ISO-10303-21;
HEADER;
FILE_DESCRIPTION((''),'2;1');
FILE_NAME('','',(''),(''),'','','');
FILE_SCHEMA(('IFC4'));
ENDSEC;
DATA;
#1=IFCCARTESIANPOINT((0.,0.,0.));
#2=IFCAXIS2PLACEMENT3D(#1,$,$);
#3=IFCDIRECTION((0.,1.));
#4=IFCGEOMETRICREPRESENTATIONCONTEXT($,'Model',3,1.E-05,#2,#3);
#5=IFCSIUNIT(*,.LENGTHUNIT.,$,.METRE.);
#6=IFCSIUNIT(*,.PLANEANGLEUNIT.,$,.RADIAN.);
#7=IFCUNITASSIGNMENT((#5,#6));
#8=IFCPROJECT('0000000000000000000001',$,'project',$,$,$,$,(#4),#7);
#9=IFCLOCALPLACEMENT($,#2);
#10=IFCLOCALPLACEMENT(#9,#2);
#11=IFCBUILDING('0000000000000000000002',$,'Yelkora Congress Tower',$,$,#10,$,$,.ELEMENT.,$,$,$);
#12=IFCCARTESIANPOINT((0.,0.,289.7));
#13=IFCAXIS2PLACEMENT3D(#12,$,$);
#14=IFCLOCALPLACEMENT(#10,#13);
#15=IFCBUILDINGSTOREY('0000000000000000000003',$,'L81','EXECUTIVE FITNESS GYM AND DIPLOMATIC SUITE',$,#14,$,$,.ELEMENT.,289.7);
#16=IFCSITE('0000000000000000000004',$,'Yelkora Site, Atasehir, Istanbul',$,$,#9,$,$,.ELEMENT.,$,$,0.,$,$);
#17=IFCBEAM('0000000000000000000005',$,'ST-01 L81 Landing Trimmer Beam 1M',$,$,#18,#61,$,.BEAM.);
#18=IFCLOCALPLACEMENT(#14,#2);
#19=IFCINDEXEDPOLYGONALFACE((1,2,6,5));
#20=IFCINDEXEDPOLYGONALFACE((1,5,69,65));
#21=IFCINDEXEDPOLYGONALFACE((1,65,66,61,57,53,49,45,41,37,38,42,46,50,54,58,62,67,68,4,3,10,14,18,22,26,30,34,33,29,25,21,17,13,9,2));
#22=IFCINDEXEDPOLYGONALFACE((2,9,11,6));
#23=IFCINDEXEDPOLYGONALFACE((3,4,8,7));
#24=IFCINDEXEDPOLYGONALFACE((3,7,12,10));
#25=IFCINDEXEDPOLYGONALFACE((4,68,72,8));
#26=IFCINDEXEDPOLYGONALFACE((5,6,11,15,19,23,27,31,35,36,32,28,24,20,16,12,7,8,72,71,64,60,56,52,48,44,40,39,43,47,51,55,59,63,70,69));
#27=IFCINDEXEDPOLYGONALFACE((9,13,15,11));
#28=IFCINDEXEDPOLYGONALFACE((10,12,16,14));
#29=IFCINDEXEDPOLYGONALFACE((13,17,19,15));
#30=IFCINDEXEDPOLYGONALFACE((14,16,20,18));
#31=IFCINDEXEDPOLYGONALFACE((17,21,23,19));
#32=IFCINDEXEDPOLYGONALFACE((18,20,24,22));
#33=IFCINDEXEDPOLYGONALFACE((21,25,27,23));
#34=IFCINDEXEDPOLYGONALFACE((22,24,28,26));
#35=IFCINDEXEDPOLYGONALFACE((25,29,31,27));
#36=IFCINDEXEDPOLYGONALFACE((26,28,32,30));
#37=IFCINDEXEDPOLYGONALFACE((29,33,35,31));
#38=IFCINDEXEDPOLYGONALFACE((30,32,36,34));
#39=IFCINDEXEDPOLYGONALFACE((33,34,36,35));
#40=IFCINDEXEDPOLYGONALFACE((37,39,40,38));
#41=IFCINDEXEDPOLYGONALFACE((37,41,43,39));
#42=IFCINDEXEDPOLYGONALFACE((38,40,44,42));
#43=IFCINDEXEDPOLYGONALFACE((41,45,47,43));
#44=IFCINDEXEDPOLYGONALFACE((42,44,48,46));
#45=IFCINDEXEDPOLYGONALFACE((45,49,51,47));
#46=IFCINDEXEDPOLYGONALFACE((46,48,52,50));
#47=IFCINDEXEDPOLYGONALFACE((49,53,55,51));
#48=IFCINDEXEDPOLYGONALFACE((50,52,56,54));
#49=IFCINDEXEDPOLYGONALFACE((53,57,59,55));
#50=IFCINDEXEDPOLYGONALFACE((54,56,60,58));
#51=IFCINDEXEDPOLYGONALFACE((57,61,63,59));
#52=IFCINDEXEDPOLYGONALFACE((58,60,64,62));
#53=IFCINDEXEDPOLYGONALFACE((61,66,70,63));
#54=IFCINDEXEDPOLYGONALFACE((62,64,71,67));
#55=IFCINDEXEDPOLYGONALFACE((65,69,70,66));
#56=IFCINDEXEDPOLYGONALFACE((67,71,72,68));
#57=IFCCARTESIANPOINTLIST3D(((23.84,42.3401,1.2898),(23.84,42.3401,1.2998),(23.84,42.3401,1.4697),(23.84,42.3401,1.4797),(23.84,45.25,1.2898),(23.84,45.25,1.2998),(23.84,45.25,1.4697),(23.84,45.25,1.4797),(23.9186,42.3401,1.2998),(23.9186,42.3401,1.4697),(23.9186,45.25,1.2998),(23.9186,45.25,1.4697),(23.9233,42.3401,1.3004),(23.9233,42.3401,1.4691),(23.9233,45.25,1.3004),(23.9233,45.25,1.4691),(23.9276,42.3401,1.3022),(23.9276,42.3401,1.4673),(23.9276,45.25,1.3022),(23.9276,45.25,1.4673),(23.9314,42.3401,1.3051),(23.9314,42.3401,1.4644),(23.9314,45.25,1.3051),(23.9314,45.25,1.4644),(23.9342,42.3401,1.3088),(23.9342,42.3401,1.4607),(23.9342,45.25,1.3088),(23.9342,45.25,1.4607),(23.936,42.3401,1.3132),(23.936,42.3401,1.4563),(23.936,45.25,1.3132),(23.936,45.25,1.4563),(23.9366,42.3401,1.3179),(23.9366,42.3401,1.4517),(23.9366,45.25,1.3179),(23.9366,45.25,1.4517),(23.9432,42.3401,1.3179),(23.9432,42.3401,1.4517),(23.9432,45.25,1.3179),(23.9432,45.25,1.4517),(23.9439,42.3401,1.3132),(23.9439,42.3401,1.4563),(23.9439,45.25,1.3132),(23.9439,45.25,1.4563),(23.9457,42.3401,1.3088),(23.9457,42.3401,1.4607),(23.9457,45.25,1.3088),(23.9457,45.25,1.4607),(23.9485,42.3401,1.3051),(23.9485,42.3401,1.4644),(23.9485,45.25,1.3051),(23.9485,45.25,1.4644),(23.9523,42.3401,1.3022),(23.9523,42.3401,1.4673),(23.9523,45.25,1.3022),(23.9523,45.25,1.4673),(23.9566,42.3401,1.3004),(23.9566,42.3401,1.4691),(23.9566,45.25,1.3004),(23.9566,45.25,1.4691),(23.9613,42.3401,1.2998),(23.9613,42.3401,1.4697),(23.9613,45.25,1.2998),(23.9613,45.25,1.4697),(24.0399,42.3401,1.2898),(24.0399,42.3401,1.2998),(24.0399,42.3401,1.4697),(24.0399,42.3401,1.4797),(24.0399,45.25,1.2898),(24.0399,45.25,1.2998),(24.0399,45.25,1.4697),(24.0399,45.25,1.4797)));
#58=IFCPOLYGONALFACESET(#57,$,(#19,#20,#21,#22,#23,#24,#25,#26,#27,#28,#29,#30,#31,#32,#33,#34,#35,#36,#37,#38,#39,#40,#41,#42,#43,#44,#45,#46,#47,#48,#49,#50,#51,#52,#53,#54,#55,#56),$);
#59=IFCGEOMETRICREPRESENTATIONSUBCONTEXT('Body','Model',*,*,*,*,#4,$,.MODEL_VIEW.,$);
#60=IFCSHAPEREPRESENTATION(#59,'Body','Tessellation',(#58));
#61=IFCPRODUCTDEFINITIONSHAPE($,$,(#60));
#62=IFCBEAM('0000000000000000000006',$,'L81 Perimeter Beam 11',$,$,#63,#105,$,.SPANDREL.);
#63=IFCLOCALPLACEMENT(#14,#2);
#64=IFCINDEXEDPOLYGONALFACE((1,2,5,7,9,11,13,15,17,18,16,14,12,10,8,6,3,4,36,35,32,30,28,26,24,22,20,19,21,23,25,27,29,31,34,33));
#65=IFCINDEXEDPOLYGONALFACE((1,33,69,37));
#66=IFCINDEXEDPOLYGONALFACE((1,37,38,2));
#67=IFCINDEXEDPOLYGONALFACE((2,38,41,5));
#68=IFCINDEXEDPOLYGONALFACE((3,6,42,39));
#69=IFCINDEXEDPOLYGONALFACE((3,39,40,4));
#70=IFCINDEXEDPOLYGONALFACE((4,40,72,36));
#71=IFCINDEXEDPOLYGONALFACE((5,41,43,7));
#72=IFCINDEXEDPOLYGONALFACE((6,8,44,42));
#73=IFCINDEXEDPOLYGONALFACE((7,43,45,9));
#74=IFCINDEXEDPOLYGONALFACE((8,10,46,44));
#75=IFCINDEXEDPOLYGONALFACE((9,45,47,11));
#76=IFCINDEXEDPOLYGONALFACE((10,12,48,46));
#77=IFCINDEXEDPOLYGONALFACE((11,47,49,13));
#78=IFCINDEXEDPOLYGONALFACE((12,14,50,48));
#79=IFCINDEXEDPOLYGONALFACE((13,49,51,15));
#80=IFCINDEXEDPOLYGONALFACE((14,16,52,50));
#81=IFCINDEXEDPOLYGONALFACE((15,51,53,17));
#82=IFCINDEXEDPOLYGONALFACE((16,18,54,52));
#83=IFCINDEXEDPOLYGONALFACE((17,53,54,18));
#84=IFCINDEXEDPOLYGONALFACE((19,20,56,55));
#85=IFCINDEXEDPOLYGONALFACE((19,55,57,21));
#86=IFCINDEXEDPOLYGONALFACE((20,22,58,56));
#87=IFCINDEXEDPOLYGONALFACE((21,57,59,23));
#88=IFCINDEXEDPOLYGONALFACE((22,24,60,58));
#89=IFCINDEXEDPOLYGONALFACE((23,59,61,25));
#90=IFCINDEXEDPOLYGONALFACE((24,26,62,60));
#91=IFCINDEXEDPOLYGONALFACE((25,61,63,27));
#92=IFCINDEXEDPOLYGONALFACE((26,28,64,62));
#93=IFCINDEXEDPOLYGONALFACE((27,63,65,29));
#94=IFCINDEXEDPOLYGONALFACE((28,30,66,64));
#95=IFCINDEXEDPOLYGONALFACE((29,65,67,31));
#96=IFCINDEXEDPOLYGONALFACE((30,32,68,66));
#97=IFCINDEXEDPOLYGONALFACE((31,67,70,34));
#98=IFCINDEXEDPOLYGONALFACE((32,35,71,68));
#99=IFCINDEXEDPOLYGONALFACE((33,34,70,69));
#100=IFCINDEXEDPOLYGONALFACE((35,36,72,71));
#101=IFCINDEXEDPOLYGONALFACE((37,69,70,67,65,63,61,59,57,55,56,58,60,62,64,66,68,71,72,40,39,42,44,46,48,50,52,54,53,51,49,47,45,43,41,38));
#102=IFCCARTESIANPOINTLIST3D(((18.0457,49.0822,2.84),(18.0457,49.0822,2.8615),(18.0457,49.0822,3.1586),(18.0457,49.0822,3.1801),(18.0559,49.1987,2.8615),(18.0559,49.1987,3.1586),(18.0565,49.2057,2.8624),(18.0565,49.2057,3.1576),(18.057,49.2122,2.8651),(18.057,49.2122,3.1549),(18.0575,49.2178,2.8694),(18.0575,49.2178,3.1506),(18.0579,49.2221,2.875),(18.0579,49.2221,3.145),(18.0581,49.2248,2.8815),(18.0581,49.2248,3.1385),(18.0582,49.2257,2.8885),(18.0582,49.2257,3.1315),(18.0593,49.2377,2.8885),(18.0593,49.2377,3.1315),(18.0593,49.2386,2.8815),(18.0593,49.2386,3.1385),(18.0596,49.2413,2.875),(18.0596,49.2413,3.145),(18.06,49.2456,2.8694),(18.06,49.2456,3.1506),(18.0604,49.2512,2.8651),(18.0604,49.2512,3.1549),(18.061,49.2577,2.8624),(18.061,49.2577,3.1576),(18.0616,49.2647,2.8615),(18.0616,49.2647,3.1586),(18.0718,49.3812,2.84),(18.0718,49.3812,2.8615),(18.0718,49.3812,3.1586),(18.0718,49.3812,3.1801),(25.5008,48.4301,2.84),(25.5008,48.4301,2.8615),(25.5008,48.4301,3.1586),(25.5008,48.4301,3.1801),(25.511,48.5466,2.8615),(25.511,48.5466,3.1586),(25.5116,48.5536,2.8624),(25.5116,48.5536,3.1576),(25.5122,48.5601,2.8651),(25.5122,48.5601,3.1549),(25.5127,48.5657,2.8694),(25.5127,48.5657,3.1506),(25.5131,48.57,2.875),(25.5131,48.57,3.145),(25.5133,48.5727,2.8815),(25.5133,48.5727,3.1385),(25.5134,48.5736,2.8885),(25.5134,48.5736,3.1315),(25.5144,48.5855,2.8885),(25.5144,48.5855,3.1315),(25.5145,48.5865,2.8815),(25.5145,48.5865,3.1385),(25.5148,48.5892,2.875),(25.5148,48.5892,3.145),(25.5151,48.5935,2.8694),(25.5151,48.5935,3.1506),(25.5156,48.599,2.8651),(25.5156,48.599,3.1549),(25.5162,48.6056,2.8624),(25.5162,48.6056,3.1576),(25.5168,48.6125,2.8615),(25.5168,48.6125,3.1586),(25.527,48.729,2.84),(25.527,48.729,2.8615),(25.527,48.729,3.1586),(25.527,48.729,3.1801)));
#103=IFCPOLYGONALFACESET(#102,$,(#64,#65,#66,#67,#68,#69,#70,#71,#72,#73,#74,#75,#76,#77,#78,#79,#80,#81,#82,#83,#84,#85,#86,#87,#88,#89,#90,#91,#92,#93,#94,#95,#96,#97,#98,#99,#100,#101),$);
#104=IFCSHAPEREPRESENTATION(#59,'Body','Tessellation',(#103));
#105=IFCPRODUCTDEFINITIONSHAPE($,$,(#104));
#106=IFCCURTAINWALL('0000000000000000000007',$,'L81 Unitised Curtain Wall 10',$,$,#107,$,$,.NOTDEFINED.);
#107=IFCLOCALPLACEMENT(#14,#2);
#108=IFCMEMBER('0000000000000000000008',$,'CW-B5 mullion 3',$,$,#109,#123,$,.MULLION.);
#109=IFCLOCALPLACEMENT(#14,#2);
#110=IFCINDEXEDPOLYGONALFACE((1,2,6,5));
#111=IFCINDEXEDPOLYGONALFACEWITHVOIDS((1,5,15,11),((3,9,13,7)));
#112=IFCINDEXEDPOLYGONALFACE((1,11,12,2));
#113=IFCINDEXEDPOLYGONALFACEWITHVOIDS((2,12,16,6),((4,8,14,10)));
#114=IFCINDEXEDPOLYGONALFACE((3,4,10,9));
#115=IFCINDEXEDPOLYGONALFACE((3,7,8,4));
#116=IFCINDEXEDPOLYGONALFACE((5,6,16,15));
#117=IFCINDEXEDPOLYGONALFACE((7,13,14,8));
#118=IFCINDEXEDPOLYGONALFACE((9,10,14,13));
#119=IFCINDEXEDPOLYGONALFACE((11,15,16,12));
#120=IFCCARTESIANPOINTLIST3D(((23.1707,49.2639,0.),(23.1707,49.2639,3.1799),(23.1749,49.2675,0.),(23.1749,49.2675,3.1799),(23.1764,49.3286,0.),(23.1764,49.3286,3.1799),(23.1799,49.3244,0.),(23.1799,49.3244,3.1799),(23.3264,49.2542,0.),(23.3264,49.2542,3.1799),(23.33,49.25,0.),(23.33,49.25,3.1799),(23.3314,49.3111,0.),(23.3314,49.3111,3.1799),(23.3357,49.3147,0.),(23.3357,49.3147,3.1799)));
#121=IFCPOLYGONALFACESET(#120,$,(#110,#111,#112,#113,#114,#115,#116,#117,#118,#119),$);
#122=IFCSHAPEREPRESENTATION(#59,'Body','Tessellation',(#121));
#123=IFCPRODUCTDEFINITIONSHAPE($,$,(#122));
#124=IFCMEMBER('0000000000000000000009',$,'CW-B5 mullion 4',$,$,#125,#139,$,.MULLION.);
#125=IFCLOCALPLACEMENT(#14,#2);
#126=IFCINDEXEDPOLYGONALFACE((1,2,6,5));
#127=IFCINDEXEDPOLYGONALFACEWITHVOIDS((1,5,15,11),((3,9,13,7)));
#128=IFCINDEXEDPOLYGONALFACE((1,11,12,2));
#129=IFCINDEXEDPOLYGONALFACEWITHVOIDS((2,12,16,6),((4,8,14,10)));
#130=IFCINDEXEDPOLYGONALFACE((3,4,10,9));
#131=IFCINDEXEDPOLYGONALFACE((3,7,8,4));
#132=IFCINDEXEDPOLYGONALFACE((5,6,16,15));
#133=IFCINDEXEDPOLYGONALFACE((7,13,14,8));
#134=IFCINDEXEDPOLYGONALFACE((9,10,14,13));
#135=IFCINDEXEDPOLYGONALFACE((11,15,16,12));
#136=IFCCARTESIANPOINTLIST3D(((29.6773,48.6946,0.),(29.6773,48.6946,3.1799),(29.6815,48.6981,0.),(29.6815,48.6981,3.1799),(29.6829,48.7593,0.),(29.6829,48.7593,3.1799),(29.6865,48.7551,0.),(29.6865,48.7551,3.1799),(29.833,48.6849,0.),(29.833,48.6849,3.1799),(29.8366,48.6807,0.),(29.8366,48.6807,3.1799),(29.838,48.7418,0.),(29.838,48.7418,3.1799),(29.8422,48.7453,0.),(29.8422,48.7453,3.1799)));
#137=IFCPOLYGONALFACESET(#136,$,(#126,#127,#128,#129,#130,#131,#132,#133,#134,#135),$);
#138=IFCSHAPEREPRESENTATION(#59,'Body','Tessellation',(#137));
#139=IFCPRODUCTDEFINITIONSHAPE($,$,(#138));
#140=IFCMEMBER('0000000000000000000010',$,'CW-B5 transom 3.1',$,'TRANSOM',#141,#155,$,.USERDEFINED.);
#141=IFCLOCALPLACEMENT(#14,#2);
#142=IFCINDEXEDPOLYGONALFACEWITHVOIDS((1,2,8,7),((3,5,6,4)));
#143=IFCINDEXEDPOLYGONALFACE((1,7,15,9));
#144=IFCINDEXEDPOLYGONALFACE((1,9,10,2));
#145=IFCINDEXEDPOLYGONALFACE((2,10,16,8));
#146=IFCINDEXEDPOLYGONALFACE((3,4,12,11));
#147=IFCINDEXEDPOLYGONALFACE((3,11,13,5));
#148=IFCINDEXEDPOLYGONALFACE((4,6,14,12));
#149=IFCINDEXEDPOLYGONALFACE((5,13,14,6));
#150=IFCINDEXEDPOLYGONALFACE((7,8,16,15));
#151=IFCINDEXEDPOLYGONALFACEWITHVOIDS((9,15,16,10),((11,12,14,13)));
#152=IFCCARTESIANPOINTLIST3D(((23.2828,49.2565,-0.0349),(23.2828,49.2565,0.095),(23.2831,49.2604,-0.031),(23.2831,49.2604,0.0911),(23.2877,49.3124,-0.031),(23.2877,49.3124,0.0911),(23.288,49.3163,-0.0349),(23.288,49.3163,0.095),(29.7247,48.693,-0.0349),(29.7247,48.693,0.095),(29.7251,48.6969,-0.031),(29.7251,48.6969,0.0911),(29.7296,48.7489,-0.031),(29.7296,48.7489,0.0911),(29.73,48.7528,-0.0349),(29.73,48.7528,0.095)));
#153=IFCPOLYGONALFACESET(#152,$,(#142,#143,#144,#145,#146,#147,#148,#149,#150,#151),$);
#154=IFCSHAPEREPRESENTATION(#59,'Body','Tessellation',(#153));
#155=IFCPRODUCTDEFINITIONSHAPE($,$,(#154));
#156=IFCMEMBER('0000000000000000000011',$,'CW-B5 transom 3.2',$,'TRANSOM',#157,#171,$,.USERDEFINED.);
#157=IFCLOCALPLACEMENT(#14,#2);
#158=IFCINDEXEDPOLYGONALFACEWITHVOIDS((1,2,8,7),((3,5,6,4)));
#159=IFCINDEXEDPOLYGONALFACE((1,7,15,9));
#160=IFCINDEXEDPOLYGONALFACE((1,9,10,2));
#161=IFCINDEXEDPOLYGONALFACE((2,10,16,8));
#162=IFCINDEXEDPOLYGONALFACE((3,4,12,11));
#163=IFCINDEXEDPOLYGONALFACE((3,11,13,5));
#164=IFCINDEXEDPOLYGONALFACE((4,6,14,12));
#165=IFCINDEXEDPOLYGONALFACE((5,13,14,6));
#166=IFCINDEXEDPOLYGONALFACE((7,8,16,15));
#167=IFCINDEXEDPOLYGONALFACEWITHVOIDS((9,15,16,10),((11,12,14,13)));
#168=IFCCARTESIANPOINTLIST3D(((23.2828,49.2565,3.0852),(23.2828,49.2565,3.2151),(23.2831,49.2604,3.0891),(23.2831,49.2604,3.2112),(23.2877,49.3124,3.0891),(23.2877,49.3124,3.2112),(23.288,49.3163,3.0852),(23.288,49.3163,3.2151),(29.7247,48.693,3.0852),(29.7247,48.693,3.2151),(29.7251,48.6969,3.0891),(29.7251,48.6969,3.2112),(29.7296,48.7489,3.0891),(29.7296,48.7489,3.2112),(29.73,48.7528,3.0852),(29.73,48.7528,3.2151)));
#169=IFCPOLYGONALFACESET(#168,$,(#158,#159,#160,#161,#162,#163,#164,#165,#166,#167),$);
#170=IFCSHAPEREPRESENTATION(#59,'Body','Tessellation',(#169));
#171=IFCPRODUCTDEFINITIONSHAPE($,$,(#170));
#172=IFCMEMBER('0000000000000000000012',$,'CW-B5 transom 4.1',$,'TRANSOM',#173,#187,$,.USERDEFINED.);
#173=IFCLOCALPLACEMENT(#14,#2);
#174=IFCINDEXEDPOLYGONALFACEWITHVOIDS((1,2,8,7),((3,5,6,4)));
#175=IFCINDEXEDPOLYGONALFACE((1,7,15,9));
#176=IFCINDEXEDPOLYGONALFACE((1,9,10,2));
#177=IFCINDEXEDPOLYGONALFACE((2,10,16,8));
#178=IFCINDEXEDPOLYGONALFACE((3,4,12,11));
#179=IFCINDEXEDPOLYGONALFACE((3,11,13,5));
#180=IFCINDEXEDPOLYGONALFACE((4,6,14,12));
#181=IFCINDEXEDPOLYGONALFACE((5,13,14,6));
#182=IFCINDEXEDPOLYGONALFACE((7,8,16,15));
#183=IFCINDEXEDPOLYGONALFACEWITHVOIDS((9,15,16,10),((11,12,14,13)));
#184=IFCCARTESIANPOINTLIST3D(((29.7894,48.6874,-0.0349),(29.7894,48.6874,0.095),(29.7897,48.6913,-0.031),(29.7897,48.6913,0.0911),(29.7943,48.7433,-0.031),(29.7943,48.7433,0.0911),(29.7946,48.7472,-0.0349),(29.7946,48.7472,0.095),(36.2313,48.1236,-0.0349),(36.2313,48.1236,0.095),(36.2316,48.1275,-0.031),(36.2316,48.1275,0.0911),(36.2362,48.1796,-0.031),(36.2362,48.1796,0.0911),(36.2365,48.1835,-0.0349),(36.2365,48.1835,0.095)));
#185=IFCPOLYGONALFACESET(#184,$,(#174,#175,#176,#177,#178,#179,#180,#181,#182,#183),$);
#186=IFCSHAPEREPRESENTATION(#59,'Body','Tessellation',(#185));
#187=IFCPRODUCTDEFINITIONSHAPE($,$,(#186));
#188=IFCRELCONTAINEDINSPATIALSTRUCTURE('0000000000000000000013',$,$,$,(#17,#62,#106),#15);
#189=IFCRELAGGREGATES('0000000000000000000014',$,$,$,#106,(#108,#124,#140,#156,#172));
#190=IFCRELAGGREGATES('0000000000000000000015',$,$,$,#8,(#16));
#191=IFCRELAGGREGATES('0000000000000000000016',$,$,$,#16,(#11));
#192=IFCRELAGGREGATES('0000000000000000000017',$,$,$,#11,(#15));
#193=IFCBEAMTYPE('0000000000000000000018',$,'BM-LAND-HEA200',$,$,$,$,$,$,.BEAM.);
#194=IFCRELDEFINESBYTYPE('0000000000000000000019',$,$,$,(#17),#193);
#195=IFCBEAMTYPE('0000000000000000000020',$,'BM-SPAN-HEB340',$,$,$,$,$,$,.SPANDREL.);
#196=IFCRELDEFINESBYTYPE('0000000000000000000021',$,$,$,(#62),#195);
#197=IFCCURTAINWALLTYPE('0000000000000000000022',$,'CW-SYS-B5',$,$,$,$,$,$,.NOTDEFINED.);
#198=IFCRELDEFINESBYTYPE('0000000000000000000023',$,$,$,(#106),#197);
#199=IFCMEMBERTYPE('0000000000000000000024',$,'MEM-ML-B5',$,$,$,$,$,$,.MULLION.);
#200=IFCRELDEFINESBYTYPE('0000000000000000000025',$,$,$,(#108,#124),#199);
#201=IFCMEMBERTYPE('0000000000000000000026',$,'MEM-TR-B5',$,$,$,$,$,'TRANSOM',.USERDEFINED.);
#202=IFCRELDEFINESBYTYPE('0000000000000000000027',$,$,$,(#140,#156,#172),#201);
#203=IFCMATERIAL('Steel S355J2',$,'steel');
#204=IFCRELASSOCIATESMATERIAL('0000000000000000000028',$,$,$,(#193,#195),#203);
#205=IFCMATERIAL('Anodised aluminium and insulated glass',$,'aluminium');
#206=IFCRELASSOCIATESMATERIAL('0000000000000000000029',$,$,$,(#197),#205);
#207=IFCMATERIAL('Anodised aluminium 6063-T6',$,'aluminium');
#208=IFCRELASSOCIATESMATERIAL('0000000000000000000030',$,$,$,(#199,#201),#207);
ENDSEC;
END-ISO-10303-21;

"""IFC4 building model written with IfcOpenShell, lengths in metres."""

from ifc_helpers import new_model, si_unit, direction, frame, origin, origin_2d, place, context, subcontext, project, spatial, hollow_rectangle, i_section, extrude, material, material_profile, profile_set, type_object, element, aggregate, save


model = new_model("IFC4")

# Units and contexts
model_context = context("Model", 3, precision=1e-05, world=origin(), true_north=direction((0.0, 1.0)))
body_context = subcontext(model_context, "Body", "Model", "MODEL_VIEW")
ifc_project = project(units=[si_unit("LENGTHUNIT", "METRE"), si_unit("PLANEANGLEUNIT", "RADIAN")], contexts=[model_context])

# Site, building, storey
site_placement = place(None, origin())
site = spatial("IfcSite", under=ifc_project, at=site_placement, Name="Yelkora Site, Atasehir, Istanbul", CompositionType="ELEMENT", RefElevation=0.0)
building_placement = place(site_placement, origin())
building = spatial("IfcBuilding", under=site, at=building_placement, Name="Yelkora Congress Tower", CompositionType="ELEMENT")
storey_placement = place(building_placement, frame((0.0, 0.0, 289.7)))
storey = spatial("IfcBuildingStorey", under=building, at=storey_placement, Name="L81", Description="EXECUTIVE FITNESS GYM AND DIPLOMATIC SUITE", CompositionType="ELEMENT", Elevation=289.7)

# Shared definitions
ifc_material_1 = material(Name="Steel S355J2", Category="steel")

# Beams
ifc_material_profile_1 = material_profile(ifc_material_1, i_section(OverallWidth=0.2, OverallDepth=0.1899, WebThickness=0.0066, FlangeThickness=0.01, FilletRadius=0.0181, at=origin_2d()), Name="HEA 200")
ifc_profile_set_1 = profile_set([ifc_material_profile_1], Name="Steel S355J2")
beam_type_1 = type_object("IfcBeamType", Name="BM-LAND-HEA200", PredefinedType="BEAM", material=ifc_profile_set_1)
beam_1_placement = place(storey_placement, frame((23.9399, 42.3401, 1.3848), z_axis=(0.0, 1.0, 0.0), x_axis=(-1.0, 0.0, 0.0)))
element("IfcBeam", 1, at=beam_1_placement, inside=storey, type_object=beam_type_1, Name="ST-01 L81 Landing Trimmer Beam 1M", PredefinedType="BEAM", context=body_context, shape_type="SweptSolid", body=[
    extrude(i_section(OverallWidth=0.2, OverallDepth=0.1899, WebThickness=0.0066, FlangeThickness=0.01, FilletRadius=0.0181, at=origin_2d()), origin(), (0.0, 0.0, 1.0), 2.9099),
])
ifc_material_profile_2 = material_profile(ifc_material_1, i_section(OverallWidth=0.3, OverallDepth=0.3401, WebThickness=0.012, FlangeThickness=0.0215, FilletRadius=0.0271, at=origin_2d()), Name="HEB 340")
ifc_profile_set_2 = profile_set([ifc_material_profile_2], Name="Steel S355J2")
beam_type_2 = type_object("IfcBeamType", Name="BM-SPAN-HEB340", PredefinedType="SPANDREL", material=ifc_profile_set_2)
beam_2_placement = place(storey_placement, frame((25.5139, 48.5796, 3.01), z_axis=(-0.996196, 0.087138, 0.0), x_axis=(-0.087138, -0.996196, 0.0)))
element("IfcBeam", 2, at=beam_2_placement, inside=storey, type_object=beam_type_2, Name="L81 Perimeter Beam 11", PredefinedType="SPANDREL", context=body_context, shape_type="SweptSolid", body=[
    extrude(i_section(OverallWidth=0.3, OverallDepth=0.3401, WebThickness=0.012, FlangeThickness=0.0215, FilletRadius=0.0271, at=origin_2d()), origin(), (0.0, 0.0, 1.0), 7.4836),
])

# Curtain wall, members
ifc_material_2 = material(Name="Anodised aluminium and insulated glass", Category="aluminium")
curtain_wall_type = type_object("IfcCurtainWallType", Name="CW-SYS-B5", PredefinedType="NOTDEFINED", material=ifc_material_2)
curtain_wall_placement = place(storey_placement, origin())
curtain_wall = element("IfcCurtainWall", 3, at=curtain_wall_placement, inside=storey, type_object=curtain_wall_type, Name="L81 Unitised Curtain Wall 10", PredefinedType="NOTDEFINED")
ifc_material_3 = material(Name="Anodised aluminium 6063-T6", Category="aluminium")
ifc_material_profile_3 = material_profile(ifc_material_3, hollow_rectangle(XDim=0.0649, YDim=0.1599, WallThickness=0.0039, at=origin_2d()), Name="ALU 65x160x4")
ifc_profile_set_3 = profile_set([ifc_material_profile_3], Name="Anodised aluminium 6063-T6")
member_type_1 = type_object("IfcMemberType", Name="MEM-ML-B5", PredefinedType="MULLION", material=ifc_profile_set_3)
member_1_placement = place(storey_placement, frame((23.2532, 49.2893, 0.0), z_axis=(0.0, 0.0, 1.0), x_axis=(0.087157, 0.996195, 0.0)))
member_1 = element("IfcMember", 4, at=member_1_placement, type_object=member_type_1, Name="CW-B5 mullion 3", PredefinedType="MULLION", context=body_context, shape_type="SweptSolid", body=[
    extrude(hollow_rectangle(XDim=0.0649, YDim=0.1599, WallThickness=0.0039, at=origin_2d()), origin(), (0.0, 0.0, 1.0), 3.1799),
])
member_2_placement = place(storey_placement, frame((29.7598, 48.72, 0.0), z_axis=(0.0, 0.0, 1.0), x_axis=(0.087157, 0.996195, 0.0)))
member_2 = element("IfcMember", 5, at=member_2_placement, type_object=member_type_1, Name="CW-B5 mullion 4", PredefinedType="MULLION", context=body_context, shape_type="SweptSolid", body=[
    extrude(hollow_rectangle(XDim=0.0649, YDim=0.1599, WallThickness=0.0039, at=origin_2d()), origin(), (0.0, 0.0, 1.0), 3.1799),
])
ifc_material_profile_4 = material_profile(ifc_material_3, hollow_rectangle(XDim=0.0601, YDim=0.1299, WallThickness=0.0039, at=origin_2d()), Name="ALU 60x130x4")
ifc_profile_set_4 = profile_set([ifc_material_profile_4], Name="Anodised aluminium 6063-T6")
member_type_2 = type_object("IfcMemberType", Name="MEM-TR-B5", ElementType="TRANSOM", PredefinedType="USERDEFINED", material=ifc_profile_set_4)
member_3_placement = place(storey_placement, frame((23.2854, 49.2864, 0.03), z_axis=(0.996196, -0.087138, 0.0), x_axis=(0.087138, 0.996196, 0.0)))
member_3 = element("IfcMember", 6, at=member_3_placement, type_object=member_type_2, Name="CW-B5 transom 3.1", ObjectType="TRANSOM", PredefinedType="USERDEFINED", context=body_context, shape_type="SweptSolid", body=[
    extrude(hollow_rectangle(XDim=0.0601, YDim=0.1299, WallThickness=0.0039, at=origin_2d()), origin(), (0.0, 0.0, 1.0), 6.4666),
])
member_4_placement = place(storey_placement, frame((23.2854, 49.2864, 3.1501), z_axis=(0.996196, -0.087138, 0.0), x_axis=(0.087138, 0.996196, 0.0)))
member_4 = element("IfcMember", 7, at=member_4_placement, type_object=member_type_2, Name="CW-B5 transom 3.2", ObjectType="TRANSOM", PredefinedType="USERDEFINED", context=body_context, shape_type="SweptSolid", body=[
    extrude(hollow_rectangle(XDim=0.0601, YDim=0.1299, WallThickness=0.0039, at=origin_2d()), origin(), (0.0, 0.0, 1.0), 6.4666),
])
member_5_placement = place(storey_placement, frame((29.792, 48.7173, 0.03), z_axis=(0.996193, -0.087175, 0.0), x_axis=(0.087175, 0.996193, 0.0)))
member_5 = element("IfcMember", 8, at=member_5_placement, type_object=member_type_2, Name="CW-B5 transom 4.1", ObjectType="TRANSOM", PredefinedType="USERDEFINED", context=body_context, shape_type="SweptSolid", body=[
    extrude(hollow_rectangle(XDim=0.0601, YDim=0.1299, WallThickness=0.0039, at=origin_2d()), origin(), (0.0, 0.0, 1.0), 6.4666),
])
aggregate(curtain_wall, [member_1, member_2, member_3, member_4, member_5])

save(model, "model.ifc")
